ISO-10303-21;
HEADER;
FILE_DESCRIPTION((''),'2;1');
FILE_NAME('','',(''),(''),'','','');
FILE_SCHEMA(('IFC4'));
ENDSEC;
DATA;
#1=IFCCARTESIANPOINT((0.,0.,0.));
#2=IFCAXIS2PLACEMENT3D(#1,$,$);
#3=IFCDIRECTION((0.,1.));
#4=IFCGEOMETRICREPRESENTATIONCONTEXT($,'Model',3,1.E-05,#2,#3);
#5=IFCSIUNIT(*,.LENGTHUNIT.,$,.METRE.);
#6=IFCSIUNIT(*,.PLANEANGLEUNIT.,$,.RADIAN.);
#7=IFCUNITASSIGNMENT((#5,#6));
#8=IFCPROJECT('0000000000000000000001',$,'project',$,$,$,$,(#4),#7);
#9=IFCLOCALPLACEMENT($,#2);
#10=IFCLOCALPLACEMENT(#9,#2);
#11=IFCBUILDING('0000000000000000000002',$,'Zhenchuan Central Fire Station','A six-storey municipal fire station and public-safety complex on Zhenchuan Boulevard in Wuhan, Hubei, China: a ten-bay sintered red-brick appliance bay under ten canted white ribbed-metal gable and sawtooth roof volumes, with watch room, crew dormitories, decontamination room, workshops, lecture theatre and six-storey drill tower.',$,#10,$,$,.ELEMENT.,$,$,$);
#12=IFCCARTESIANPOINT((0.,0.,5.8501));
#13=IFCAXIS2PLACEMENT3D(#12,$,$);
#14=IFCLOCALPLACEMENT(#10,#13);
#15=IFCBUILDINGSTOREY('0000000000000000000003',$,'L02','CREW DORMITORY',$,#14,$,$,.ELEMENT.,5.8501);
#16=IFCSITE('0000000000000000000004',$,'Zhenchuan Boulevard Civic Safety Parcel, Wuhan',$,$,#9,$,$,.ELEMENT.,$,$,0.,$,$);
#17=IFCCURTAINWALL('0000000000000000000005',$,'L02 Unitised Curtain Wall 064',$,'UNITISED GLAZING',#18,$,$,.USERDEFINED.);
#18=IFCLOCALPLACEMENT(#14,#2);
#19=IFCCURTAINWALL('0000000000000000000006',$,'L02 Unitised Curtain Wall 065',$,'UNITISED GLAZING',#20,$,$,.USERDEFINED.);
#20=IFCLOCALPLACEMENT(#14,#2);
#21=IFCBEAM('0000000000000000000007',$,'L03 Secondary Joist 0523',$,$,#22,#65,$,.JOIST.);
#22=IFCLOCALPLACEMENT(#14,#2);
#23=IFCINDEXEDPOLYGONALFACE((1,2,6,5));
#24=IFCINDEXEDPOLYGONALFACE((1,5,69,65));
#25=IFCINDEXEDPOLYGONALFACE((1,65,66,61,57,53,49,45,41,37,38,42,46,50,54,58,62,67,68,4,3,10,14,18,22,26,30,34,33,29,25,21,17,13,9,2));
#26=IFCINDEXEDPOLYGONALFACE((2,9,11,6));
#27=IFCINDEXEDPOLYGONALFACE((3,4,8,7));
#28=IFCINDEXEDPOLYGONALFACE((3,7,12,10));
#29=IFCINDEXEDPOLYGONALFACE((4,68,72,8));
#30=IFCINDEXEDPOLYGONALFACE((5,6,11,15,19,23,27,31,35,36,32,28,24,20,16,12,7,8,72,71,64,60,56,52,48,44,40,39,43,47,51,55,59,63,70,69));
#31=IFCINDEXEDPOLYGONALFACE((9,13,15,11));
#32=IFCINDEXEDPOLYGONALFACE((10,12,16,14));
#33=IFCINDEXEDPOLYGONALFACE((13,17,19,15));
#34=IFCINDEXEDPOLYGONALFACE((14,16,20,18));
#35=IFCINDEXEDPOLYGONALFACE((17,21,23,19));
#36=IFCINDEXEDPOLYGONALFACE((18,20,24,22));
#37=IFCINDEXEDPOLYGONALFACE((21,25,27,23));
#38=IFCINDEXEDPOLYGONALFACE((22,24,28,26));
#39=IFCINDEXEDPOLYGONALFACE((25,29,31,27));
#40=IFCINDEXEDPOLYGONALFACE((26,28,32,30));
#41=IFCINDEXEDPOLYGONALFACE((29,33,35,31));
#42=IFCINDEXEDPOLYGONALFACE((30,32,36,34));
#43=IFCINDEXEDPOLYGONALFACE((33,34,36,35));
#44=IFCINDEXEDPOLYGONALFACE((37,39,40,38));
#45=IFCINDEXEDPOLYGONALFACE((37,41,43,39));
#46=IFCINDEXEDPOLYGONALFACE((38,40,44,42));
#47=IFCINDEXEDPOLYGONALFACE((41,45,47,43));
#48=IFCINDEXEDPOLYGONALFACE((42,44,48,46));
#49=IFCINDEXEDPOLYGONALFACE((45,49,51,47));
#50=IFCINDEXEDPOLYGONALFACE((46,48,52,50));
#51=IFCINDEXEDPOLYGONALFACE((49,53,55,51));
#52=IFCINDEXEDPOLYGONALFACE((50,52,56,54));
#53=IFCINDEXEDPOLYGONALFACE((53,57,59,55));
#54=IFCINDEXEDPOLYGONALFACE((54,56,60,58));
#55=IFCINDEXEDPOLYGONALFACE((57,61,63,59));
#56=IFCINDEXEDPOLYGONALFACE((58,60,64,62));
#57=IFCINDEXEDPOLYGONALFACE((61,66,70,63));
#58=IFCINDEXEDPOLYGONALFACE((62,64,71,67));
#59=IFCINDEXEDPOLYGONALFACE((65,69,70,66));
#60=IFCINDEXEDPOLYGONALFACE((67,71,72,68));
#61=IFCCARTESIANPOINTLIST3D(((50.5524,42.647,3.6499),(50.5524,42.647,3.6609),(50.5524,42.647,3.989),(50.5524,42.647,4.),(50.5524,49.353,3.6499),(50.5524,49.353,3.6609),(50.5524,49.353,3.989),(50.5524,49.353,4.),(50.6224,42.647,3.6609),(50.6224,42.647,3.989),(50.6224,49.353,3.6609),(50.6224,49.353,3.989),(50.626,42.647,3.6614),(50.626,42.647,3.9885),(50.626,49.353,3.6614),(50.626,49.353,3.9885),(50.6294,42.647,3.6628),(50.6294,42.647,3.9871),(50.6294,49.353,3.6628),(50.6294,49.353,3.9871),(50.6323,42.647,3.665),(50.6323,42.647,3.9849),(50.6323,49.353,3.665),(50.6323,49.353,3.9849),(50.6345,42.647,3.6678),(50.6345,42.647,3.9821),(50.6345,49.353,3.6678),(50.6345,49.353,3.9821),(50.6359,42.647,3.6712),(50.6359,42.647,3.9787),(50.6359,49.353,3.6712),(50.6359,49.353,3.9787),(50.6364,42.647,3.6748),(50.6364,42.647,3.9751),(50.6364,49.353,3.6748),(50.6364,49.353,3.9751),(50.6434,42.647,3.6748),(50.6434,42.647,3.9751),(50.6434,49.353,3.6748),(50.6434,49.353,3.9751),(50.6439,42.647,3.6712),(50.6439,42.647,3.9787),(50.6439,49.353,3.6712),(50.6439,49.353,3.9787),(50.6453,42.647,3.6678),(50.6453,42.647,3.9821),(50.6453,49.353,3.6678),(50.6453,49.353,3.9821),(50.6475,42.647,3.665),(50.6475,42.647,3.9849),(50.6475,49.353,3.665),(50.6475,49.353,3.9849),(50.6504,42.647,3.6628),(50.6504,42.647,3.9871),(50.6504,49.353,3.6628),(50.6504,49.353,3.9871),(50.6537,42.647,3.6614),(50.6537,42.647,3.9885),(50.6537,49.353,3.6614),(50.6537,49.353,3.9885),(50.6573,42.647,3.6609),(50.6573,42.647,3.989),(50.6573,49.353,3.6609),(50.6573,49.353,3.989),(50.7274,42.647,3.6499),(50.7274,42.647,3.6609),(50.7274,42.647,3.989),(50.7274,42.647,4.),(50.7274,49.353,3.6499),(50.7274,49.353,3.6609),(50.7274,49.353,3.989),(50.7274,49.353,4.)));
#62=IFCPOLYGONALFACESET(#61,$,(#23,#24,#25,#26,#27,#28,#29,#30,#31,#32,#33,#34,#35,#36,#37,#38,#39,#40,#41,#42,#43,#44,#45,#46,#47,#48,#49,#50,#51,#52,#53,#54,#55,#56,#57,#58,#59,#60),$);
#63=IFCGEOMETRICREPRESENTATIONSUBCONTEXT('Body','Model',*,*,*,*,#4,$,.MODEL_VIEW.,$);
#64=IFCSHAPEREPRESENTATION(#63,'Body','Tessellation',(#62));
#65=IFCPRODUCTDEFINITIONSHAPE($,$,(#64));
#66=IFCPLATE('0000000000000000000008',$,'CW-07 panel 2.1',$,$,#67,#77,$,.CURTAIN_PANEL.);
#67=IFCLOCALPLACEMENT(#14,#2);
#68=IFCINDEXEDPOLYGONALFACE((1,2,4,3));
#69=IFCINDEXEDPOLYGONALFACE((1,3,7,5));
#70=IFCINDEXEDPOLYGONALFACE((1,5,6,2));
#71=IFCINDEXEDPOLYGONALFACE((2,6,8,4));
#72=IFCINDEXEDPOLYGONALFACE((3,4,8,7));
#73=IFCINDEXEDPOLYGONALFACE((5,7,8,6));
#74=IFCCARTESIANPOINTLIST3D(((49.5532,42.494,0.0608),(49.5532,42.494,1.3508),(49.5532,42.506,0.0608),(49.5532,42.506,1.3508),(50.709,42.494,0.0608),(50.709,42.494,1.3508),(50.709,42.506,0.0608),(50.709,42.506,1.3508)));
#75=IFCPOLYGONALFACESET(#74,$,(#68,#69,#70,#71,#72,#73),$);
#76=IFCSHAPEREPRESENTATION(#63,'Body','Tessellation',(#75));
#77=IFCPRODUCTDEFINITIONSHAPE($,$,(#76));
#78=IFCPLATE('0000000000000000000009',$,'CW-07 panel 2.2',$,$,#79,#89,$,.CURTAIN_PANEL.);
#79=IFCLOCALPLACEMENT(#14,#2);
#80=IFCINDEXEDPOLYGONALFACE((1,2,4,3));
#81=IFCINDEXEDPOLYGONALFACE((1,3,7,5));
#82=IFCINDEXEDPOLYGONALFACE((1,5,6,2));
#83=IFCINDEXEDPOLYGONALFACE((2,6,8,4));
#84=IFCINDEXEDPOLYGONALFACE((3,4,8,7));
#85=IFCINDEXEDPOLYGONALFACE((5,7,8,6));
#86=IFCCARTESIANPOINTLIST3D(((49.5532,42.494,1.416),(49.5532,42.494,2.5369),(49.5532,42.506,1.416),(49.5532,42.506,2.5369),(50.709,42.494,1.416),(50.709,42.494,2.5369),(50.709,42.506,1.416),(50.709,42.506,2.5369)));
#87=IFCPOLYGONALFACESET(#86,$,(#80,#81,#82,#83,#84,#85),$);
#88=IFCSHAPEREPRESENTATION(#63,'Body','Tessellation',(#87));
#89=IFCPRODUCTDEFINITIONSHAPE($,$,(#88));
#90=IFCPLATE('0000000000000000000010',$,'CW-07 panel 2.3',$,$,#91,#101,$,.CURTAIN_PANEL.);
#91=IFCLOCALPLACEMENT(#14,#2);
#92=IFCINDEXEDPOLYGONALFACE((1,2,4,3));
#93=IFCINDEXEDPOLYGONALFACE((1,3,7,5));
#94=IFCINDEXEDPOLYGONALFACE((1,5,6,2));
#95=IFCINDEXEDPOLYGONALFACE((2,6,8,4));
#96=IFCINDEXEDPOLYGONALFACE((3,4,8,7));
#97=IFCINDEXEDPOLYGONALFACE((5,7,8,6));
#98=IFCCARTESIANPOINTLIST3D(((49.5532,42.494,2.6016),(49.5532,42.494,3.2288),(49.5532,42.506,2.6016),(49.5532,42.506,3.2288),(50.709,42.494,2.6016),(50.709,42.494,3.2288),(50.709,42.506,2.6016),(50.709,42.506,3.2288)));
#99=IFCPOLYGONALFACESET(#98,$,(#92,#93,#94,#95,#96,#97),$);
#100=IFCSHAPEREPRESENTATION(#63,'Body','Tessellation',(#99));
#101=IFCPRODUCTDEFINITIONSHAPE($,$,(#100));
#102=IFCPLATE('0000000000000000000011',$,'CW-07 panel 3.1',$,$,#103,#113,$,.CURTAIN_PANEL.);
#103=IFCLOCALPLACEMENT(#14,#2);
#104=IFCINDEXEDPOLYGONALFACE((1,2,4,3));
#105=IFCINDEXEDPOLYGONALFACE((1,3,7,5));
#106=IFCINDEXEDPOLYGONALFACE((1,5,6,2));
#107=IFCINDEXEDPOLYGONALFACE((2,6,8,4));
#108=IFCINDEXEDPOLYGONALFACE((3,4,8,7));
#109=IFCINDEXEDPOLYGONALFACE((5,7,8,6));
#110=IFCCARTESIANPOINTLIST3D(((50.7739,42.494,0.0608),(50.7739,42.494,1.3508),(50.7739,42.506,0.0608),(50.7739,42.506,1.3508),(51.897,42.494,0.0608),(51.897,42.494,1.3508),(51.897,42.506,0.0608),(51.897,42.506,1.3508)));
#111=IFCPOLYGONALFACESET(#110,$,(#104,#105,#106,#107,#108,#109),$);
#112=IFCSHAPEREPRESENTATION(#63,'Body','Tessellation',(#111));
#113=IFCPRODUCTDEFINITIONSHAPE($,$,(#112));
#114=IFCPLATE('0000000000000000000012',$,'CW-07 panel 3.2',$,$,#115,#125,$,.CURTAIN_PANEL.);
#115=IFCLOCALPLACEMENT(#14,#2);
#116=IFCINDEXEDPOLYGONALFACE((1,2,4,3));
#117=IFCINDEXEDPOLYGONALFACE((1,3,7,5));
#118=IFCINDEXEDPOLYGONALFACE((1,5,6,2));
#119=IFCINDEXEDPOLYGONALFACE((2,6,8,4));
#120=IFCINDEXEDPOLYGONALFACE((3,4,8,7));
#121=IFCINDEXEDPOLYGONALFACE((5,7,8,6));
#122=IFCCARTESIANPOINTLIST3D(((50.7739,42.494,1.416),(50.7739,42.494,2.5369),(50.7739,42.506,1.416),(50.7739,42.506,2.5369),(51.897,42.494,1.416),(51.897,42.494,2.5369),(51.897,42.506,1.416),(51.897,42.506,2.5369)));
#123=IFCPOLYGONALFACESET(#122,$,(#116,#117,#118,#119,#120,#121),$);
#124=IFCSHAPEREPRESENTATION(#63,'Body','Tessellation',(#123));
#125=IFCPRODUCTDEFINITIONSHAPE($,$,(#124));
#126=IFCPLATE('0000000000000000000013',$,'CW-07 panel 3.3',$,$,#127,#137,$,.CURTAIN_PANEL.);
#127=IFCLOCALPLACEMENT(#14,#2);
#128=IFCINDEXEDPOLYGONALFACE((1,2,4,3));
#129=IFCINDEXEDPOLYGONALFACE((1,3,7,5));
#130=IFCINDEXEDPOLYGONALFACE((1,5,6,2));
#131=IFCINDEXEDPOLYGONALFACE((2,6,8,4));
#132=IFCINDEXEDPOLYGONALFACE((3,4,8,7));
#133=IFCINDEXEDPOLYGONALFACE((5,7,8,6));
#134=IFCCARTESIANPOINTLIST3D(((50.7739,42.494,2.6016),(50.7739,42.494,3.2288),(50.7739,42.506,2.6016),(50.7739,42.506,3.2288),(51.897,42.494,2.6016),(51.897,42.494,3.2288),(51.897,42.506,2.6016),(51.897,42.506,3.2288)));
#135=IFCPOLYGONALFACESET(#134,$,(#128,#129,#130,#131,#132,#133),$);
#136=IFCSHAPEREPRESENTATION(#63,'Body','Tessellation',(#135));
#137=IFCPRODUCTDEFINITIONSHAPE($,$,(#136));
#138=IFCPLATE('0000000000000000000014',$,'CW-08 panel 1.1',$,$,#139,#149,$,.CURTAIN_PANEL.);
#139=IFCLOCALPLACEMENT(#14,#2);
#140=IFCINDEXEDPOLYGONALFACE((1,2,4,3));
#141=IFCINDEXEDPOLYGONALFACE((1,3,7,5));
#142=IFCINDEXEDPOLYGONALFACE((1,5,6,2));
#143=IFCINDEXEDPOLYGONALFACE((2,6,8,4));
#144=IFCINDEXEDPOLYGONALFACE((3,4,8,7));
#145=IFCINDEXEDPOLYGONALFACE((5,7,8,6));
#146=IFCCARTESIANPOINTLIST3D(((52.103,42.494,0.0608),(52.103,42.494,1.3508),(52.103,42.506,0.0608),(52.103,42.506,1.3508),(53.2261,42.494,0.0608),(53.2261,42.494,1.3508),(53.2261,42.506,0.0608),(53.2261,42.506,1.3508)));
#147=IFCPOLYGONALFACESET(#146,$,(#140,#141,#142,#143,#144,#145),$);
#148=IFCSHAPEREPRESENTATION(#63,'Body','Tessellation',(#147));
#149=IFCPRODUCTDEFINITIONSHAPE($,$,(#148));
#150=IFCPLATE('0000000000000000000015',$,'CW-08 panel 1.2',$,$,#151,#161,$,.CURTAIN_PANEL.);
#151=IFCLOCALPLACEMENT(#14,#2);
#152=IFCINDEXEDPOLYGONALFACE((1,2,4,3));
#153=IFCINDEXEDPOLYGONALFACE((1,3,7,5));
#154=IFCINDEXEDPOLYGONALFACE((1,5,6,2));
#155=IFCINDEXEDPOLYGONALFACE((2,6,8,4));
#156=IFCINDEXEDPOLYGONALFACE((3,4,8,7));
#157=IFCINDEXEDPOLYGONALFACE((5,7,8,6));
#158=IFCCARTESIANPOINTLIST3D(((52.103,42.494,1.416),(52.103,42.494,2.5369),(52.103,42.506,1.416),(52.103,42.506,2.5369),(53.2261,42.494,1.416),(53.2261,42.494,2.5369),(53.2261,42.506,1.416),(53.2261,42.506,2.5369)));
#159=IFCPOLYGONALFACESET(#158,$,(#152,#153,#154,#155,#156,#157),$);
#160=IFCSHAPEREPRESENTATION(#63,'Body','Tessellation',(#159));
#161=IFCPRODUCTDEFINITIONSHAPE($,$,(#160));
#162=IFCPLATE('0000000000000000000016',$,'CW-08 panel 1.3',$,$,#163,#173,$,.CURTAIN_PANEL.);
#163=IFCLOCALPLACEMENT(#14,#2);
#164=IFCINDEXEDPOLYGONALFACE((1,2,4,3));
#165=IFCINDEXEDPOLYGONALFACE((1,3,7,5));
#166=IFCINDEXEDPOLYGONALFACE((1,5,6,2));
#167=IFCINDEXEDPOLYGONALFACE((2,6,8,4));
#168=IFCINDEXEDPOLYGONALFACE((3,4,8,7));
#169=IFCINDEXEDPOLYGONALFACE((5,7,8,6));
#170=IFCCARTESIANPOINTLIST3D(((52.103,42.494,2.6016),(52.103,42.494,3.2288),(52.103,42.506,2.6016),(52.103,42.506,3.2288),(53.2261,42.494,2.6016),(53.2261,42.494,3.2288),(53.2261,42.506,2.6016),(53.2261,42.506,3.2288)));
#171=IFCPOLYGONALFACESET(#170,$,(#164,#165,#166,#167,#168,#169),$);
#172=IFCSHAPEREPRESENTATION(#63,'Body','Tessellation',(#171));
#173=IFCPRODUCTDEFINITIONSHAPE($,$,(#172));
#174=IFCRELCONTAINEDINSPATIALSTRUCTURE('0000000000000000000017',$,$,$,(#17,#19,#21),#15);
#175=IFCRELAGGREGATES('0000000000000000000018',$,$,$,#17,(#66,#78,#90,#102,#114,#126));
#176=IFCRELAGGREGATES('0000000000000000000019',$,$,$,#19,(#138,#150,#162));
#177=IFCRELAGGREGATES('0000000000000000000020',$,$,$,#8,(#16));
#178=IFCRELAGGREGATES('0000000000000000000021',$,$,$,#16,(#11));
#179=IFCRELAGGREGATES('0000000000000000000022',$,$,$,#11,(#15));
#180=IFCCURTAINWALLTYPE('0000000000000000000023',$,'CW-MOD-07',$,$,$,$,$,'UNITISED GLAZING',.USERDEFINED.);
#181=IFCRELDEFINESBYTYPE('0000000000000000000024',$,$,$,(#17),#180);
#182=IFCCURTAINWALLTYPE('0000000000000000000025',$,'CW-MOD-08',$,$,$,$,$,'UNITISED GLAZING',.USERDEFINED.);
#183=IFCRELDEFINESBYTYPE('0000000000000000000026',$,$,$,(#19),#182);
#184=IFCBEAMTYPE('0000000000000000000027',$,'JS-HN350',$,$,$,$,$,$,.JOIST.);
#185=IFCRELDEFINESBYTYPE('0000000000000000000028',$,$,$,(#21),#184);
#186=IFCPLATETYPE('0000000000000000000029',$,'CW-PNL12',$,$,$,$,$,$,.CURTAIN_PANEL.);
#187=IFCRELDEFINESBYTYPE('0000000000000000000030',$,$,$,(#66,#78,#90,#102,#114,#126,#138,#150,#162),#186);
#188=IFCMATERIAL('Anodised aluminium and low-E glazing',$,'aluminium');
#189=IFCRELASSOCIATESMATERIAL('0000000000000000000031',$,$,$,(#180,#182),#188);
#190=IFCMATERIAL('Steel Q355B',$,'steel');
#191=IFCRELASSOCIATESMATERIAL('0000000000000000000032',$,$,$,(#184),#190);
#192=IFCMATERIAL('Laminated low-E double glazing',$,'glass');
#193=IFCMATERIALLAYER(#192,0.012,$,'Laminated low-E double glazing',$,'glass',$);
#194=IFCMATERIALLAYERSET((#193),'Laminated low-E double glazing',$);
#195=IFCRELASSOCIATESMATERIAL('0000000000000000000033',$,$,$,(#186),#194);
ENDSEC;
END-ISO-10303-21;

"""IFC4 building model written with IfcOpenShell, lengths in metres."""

from ifc_helpers import new_model, si_unit, direction, frame, origin, origin_2d, place, context, subcontext, project, spatial, rectangle, i_section, extrude, material, layer, layer_set, material_profile, profile_set, type_object, element, aggregate, save


model = new_model("IFC4")

# Units and contexts
model_context = context("Model", 3, precision=1e-05, world=origin(), true_north=direction((0.0, 1.0)))
body_context = subcontext(model_context, "Body", "Model", "MODEL_VIEW")
ifc_project = project(units=[si_unit("LENGTHUNIT", "METRE"), si_unit("PLANEANGLEUNIT", "RADIAN")], contexts=[model_context])

# Site, building, storey
site_placement = place(None, origin())
site = spatial("IfcSite", under=ifc_project, at=site_placement, Name="Zhenchuan Boulevard Civic Safety Parcel, Wuhan", CompositionType="ELEMENT", RefElevation=0.0)
building_placement = place(site_placement, origin())
building = spatial("IfcBuilding", under=site, at=building_placement, Name="Zhenchuan Central Fire Station", Description="A six-storey municipal fire station and public-safety complex on Zhenchuan Boulevard in Wuhan, Hubei, China: a ten-bay sintered red-brick appliance bay under ten canted white ribbed-metal gable and sawtooth roof volumes, with watch room, crew dormitories, decontamination room, workshops, lecture theatre and six-storey drill tower.", CompositionType="ELEMENT")
storey_placement = place(building_placement, frame((0.0, 0.0, 5.8501)))
storey = spatial("IfcBuildingStorey", under=building, at=storey_placement, Name="L02", Description="CREW DORMITORY", CompositionType="ELEMENT", Elevation=5.8501)

# Curtain walls
ifc_material_1 = material(Name="Anodised aluminium and low-E glazing", Category="aluminium")
curtain_wall_type_1 = type_object("IfcCurtainWallType", Name="CW-MOD-07", ElementType="UNITISED GLAZING", PredefinedType="USERDEFINED", material=ifc_material_1)
curtain_wall_1_placement = place(storey_placement, origin())
curtain_wall_1 = element("IfcCurtainWall", 1, at=curtain_wall_1_placement, inside=storey, type_object=curtain_wall_type_1, Name="L02 Unitised Curtain Wall 064", ObjectType="UNITISED GLAZING", PredefinedType="USERDEFINED")
curtain_wall_type_2 = type_object("IfcCurtainWallType", Name="CW-MOD-08", ElementType="UNITISED GLAZING", PredefinedType="USERDEFINED", material=ifc_material_1)
curtain_wall_2_placement = place(storey_placement, origin())
curtain_wall_2 = element("IfcCurtainWall", 2, at=curtain_wall_2_placement, inside=storey, type_object=curtain_wall_type_2, Name="L02 Unitised Curtain Wall 065", ObjectType="UNITISED GLAZING", PredefinedType="USERDEFINED")

# Beam
ifc_material_2 = material(Name="Steel Q355B", Category="steel")
ifc_material_profile_1 = material_profile(ifc_material_2, i_section(OverallWidth=0.175, OverallDepth=0.3501, WebThickness=0.0071, FlangeThickness=0.011, FilletRadius=0.0139, at=origin_2d()), Name="HN 350x175")
ifc_profile_set_1 = profile_set([ifc_material_profile_1], Name="Steel Q355B")
beam_type_1 = type_object("IfcBeamType", Name="JS-HN350", PredefinedType="JOIST", material=ifc_profile_set_1)
beam_1_placement = place(storey_placement, frame((50.6399, 42.647, 3.825), z_axis=(0.0, 1.0, 0.0), x_axis=(-1.0, 0.0, 0.0)))
element("IfcBeam", 3, at=beam_1_placement, inside=storey, type_object=beam_type_1, Name="L03 Secondary Joist 0523", PredefinedType="JOIST", context=body_context, shape_type="SweptSolid", body=[
    extrude(i_section(OverallWidth=0.175, OverallDepth=0.3501, WebThickness=0.0071, FlangeThickness=0.011, FilletRadius=0.0139, at=origin_2d()), origin(), (0.0, 0.0, 1.0), 6.7061),
])

# Plates
ifc_material_3 = material(Name="Laminated low-E double glazing", Category="glass")
ifc_layer = layer(ifc_material_3, 0.012, Name="Laminated low-E double glazing", Category="glass")
ifc_layer_set = layer_set([ifc_layer], Name="Laminated low-E double glazing")
plate_type = type_object("IfcPlateType", Name="CW-PNL12", PredefinedType="CURTAIN_PANEL", material=ifc_layer_set)
plate_1_placement = place(storey_placement, frame((50.1311, 42.5, 0.0608), z_axis=(0.0, 0.0, 1.0), x_axis=(1.0, 0.0, 0.0)))
plate_1 = element("IfcPlate", 4, at=plate_1_placement, type_object=plate_type, Name="CW-07 panel 2.1", PredefinedType="CURTAIN_PANEL", context=body_context, shape_type="SweptSolid", body=[
    extrude(rectangle(XDim=1.1558, YDim=0.012, at=origin_2d()), origin(), (0.0, 0.0, 1.0), 1.29),
])
plate_2_placement = place(storey_placement, frame((50.1311, 42.5, 1.416), z_axis=(0.0, 0.0, 1.0), x_axis=(1.0, 0.0, 0.0)))
plate_2 = element("IfcPlate", 5, at=plate_2_placement, type_object=plate_type, Name="CW-07 panel 2.2", PredefinedType="CURTAIN_PANEL", context=body_context, shape_type="SweptSolid", body=[
    extrude(rectangle(XDim=1.1558, YDim=0.012, at=origin_2d()), origin(), (0.0, 0.0, 1.0), 1.1208),
])
plate_3_placement = place(storey_placement, frame((50.1311, 42.5, 2.6016), z_axis=(0.0, 0.0, 1.0), x_axis=(1.0, 0.0, 0.0)))
plate_3 = element("IfcPlate", 6, at=plate_3_placement, type_object=plate_type, Name="CW-07 panel 2.3", PredefinedType="CURTAIN_PANEL", context=body_context, shape_type="SweptSolid", body=[
    extrude(rectangle(XDim=1.1558, YDim=0.012, at=origin_2d()), origin(), (0.0, 0.0, 1.0), 0.6272),
])
plate_4_placement = place(storey_placement, frame((51.3354, 42.5, 0.0608), z_axis=(0.0, 0.0, 1.0), x_axis=(1.0, 0.0, 0.0)))
plate_4 = element("IfcPlate", 7, at=plate_4_placement, type_object=plate_type, Name="CW-07 panel 3.1", PredefinedType="CURTAIN_PANEL", context=body_context, shape_type="SweptSolid", body=[
    extrude(rectangle(XDim=1.123, YDim=0.012, at=origin_2d()), origin(), (0.0, 0.0, 1.0), 1.29),
])
plate_5_placement = place(storey_placement, frame((51.3354, 42.5, 1.416), z_axis=(0.0, 0.0, 1.0), x_axis=(1.0, 0.0, 0.0)))
plate_5 = element("IfcPlate", 8, at=plate_5_placement, type_object=plate_type, Name="CW-07 panel 3.2", PredefinedType="CURTAIN_PANEL", context=body_context, shape_type="SweptSolid", body=[
    extrude(rectangle(XDim=1.123, YDim=0.012, at=origin_2d()), origin(), (0.0, 0.0, 1.0), 1.1208),
])
plate_6_placement = place(storey_placement, frame((51.3354, 42.5, 2.6016), z_axis=(0.0, 0.0, 1.0), x_axis=(1.0, 0.0, 0.0)))
plate_6 = element("IfcPlate", 9, at=plate_6_placement, type_object=plate_type, Name="CW-07 panel 3.3", PredefinedType="CURTAIN_PANEL", context=body_context, shape_type="SweptSolid", body=[
    extrude(rectangle(XDim=1.123, YDim=0.012, at=origin_2d()), origin(), (0.0, 0.0, 1.0), 0.6272),
])
aggregate(curtain_wall_1, [plate_1, plate_2, plate_3, plate_4, plate_5, plate_6])
plate_7_placement = place(storey_placement, frame((52.6646, 42.5, 0.0608), z_axis=(0.0, 0.0, 1.0), x_axis=(1.0, 0.0, 0.0)))
plate_7 = element("IfcPlate", 10, at=plate_7_placement, type_object=plate_type, Name="CW-08 panel 1.1", PredefinedType="CURTAIN_PANEL", context=body_context, shape_type="SweptSolid", body=[
    extrude(rectangle(XDim=1.123, YDim=0.012, at=origin_2d()), origin(), (0.0, 0.0, 1.0), 1.29),
])
plate_8_placement = place(storey_placement, frame((52.6646, 42.5, 1.416), z_axis=(0.0, 0.0, 1.0), x_axis=(1.0, 0.0, 0.0)))
plate_8 = element("IfcPlate", 11, at=plate_8_placement, type_object=plate_type, Name="CW-08 panel 1.2", PredefinedType="CURTAIN_PANEL", context=body_context, shape_type="SweptSolid", body=[
    extrude(rectangle(XDim=1.123, YDim=0.012, at=origin_2d()), origin(), (0.0, 0.0, 1.0), 1.1208),
])
plate_9_placement = place(storey_placement, frame((52.6646, 42.5, 2.6016), z_axis=(0.0, 0.0, 1.0), x_axis=(1.0, 0.0, 0.0)))
plate_9 = element("IfcPlate", 12, at=plate_9_placement, type_object=plate_type, Name="CW-08 panel 1.3", PredefinedType="CURTAIN_PANEL", context=body_context, shape_type="SweptSolid", body=[
    extrude(rectangle(XDim=1.123, YDim=0.012, at=origin_2d()), origin(), (0.0, 0.0, 1.0), 0.6272),
])
aggregate(curtain_wall_2, [plate_7, plate_8, plate_9])

save(model, "model.ifc")
